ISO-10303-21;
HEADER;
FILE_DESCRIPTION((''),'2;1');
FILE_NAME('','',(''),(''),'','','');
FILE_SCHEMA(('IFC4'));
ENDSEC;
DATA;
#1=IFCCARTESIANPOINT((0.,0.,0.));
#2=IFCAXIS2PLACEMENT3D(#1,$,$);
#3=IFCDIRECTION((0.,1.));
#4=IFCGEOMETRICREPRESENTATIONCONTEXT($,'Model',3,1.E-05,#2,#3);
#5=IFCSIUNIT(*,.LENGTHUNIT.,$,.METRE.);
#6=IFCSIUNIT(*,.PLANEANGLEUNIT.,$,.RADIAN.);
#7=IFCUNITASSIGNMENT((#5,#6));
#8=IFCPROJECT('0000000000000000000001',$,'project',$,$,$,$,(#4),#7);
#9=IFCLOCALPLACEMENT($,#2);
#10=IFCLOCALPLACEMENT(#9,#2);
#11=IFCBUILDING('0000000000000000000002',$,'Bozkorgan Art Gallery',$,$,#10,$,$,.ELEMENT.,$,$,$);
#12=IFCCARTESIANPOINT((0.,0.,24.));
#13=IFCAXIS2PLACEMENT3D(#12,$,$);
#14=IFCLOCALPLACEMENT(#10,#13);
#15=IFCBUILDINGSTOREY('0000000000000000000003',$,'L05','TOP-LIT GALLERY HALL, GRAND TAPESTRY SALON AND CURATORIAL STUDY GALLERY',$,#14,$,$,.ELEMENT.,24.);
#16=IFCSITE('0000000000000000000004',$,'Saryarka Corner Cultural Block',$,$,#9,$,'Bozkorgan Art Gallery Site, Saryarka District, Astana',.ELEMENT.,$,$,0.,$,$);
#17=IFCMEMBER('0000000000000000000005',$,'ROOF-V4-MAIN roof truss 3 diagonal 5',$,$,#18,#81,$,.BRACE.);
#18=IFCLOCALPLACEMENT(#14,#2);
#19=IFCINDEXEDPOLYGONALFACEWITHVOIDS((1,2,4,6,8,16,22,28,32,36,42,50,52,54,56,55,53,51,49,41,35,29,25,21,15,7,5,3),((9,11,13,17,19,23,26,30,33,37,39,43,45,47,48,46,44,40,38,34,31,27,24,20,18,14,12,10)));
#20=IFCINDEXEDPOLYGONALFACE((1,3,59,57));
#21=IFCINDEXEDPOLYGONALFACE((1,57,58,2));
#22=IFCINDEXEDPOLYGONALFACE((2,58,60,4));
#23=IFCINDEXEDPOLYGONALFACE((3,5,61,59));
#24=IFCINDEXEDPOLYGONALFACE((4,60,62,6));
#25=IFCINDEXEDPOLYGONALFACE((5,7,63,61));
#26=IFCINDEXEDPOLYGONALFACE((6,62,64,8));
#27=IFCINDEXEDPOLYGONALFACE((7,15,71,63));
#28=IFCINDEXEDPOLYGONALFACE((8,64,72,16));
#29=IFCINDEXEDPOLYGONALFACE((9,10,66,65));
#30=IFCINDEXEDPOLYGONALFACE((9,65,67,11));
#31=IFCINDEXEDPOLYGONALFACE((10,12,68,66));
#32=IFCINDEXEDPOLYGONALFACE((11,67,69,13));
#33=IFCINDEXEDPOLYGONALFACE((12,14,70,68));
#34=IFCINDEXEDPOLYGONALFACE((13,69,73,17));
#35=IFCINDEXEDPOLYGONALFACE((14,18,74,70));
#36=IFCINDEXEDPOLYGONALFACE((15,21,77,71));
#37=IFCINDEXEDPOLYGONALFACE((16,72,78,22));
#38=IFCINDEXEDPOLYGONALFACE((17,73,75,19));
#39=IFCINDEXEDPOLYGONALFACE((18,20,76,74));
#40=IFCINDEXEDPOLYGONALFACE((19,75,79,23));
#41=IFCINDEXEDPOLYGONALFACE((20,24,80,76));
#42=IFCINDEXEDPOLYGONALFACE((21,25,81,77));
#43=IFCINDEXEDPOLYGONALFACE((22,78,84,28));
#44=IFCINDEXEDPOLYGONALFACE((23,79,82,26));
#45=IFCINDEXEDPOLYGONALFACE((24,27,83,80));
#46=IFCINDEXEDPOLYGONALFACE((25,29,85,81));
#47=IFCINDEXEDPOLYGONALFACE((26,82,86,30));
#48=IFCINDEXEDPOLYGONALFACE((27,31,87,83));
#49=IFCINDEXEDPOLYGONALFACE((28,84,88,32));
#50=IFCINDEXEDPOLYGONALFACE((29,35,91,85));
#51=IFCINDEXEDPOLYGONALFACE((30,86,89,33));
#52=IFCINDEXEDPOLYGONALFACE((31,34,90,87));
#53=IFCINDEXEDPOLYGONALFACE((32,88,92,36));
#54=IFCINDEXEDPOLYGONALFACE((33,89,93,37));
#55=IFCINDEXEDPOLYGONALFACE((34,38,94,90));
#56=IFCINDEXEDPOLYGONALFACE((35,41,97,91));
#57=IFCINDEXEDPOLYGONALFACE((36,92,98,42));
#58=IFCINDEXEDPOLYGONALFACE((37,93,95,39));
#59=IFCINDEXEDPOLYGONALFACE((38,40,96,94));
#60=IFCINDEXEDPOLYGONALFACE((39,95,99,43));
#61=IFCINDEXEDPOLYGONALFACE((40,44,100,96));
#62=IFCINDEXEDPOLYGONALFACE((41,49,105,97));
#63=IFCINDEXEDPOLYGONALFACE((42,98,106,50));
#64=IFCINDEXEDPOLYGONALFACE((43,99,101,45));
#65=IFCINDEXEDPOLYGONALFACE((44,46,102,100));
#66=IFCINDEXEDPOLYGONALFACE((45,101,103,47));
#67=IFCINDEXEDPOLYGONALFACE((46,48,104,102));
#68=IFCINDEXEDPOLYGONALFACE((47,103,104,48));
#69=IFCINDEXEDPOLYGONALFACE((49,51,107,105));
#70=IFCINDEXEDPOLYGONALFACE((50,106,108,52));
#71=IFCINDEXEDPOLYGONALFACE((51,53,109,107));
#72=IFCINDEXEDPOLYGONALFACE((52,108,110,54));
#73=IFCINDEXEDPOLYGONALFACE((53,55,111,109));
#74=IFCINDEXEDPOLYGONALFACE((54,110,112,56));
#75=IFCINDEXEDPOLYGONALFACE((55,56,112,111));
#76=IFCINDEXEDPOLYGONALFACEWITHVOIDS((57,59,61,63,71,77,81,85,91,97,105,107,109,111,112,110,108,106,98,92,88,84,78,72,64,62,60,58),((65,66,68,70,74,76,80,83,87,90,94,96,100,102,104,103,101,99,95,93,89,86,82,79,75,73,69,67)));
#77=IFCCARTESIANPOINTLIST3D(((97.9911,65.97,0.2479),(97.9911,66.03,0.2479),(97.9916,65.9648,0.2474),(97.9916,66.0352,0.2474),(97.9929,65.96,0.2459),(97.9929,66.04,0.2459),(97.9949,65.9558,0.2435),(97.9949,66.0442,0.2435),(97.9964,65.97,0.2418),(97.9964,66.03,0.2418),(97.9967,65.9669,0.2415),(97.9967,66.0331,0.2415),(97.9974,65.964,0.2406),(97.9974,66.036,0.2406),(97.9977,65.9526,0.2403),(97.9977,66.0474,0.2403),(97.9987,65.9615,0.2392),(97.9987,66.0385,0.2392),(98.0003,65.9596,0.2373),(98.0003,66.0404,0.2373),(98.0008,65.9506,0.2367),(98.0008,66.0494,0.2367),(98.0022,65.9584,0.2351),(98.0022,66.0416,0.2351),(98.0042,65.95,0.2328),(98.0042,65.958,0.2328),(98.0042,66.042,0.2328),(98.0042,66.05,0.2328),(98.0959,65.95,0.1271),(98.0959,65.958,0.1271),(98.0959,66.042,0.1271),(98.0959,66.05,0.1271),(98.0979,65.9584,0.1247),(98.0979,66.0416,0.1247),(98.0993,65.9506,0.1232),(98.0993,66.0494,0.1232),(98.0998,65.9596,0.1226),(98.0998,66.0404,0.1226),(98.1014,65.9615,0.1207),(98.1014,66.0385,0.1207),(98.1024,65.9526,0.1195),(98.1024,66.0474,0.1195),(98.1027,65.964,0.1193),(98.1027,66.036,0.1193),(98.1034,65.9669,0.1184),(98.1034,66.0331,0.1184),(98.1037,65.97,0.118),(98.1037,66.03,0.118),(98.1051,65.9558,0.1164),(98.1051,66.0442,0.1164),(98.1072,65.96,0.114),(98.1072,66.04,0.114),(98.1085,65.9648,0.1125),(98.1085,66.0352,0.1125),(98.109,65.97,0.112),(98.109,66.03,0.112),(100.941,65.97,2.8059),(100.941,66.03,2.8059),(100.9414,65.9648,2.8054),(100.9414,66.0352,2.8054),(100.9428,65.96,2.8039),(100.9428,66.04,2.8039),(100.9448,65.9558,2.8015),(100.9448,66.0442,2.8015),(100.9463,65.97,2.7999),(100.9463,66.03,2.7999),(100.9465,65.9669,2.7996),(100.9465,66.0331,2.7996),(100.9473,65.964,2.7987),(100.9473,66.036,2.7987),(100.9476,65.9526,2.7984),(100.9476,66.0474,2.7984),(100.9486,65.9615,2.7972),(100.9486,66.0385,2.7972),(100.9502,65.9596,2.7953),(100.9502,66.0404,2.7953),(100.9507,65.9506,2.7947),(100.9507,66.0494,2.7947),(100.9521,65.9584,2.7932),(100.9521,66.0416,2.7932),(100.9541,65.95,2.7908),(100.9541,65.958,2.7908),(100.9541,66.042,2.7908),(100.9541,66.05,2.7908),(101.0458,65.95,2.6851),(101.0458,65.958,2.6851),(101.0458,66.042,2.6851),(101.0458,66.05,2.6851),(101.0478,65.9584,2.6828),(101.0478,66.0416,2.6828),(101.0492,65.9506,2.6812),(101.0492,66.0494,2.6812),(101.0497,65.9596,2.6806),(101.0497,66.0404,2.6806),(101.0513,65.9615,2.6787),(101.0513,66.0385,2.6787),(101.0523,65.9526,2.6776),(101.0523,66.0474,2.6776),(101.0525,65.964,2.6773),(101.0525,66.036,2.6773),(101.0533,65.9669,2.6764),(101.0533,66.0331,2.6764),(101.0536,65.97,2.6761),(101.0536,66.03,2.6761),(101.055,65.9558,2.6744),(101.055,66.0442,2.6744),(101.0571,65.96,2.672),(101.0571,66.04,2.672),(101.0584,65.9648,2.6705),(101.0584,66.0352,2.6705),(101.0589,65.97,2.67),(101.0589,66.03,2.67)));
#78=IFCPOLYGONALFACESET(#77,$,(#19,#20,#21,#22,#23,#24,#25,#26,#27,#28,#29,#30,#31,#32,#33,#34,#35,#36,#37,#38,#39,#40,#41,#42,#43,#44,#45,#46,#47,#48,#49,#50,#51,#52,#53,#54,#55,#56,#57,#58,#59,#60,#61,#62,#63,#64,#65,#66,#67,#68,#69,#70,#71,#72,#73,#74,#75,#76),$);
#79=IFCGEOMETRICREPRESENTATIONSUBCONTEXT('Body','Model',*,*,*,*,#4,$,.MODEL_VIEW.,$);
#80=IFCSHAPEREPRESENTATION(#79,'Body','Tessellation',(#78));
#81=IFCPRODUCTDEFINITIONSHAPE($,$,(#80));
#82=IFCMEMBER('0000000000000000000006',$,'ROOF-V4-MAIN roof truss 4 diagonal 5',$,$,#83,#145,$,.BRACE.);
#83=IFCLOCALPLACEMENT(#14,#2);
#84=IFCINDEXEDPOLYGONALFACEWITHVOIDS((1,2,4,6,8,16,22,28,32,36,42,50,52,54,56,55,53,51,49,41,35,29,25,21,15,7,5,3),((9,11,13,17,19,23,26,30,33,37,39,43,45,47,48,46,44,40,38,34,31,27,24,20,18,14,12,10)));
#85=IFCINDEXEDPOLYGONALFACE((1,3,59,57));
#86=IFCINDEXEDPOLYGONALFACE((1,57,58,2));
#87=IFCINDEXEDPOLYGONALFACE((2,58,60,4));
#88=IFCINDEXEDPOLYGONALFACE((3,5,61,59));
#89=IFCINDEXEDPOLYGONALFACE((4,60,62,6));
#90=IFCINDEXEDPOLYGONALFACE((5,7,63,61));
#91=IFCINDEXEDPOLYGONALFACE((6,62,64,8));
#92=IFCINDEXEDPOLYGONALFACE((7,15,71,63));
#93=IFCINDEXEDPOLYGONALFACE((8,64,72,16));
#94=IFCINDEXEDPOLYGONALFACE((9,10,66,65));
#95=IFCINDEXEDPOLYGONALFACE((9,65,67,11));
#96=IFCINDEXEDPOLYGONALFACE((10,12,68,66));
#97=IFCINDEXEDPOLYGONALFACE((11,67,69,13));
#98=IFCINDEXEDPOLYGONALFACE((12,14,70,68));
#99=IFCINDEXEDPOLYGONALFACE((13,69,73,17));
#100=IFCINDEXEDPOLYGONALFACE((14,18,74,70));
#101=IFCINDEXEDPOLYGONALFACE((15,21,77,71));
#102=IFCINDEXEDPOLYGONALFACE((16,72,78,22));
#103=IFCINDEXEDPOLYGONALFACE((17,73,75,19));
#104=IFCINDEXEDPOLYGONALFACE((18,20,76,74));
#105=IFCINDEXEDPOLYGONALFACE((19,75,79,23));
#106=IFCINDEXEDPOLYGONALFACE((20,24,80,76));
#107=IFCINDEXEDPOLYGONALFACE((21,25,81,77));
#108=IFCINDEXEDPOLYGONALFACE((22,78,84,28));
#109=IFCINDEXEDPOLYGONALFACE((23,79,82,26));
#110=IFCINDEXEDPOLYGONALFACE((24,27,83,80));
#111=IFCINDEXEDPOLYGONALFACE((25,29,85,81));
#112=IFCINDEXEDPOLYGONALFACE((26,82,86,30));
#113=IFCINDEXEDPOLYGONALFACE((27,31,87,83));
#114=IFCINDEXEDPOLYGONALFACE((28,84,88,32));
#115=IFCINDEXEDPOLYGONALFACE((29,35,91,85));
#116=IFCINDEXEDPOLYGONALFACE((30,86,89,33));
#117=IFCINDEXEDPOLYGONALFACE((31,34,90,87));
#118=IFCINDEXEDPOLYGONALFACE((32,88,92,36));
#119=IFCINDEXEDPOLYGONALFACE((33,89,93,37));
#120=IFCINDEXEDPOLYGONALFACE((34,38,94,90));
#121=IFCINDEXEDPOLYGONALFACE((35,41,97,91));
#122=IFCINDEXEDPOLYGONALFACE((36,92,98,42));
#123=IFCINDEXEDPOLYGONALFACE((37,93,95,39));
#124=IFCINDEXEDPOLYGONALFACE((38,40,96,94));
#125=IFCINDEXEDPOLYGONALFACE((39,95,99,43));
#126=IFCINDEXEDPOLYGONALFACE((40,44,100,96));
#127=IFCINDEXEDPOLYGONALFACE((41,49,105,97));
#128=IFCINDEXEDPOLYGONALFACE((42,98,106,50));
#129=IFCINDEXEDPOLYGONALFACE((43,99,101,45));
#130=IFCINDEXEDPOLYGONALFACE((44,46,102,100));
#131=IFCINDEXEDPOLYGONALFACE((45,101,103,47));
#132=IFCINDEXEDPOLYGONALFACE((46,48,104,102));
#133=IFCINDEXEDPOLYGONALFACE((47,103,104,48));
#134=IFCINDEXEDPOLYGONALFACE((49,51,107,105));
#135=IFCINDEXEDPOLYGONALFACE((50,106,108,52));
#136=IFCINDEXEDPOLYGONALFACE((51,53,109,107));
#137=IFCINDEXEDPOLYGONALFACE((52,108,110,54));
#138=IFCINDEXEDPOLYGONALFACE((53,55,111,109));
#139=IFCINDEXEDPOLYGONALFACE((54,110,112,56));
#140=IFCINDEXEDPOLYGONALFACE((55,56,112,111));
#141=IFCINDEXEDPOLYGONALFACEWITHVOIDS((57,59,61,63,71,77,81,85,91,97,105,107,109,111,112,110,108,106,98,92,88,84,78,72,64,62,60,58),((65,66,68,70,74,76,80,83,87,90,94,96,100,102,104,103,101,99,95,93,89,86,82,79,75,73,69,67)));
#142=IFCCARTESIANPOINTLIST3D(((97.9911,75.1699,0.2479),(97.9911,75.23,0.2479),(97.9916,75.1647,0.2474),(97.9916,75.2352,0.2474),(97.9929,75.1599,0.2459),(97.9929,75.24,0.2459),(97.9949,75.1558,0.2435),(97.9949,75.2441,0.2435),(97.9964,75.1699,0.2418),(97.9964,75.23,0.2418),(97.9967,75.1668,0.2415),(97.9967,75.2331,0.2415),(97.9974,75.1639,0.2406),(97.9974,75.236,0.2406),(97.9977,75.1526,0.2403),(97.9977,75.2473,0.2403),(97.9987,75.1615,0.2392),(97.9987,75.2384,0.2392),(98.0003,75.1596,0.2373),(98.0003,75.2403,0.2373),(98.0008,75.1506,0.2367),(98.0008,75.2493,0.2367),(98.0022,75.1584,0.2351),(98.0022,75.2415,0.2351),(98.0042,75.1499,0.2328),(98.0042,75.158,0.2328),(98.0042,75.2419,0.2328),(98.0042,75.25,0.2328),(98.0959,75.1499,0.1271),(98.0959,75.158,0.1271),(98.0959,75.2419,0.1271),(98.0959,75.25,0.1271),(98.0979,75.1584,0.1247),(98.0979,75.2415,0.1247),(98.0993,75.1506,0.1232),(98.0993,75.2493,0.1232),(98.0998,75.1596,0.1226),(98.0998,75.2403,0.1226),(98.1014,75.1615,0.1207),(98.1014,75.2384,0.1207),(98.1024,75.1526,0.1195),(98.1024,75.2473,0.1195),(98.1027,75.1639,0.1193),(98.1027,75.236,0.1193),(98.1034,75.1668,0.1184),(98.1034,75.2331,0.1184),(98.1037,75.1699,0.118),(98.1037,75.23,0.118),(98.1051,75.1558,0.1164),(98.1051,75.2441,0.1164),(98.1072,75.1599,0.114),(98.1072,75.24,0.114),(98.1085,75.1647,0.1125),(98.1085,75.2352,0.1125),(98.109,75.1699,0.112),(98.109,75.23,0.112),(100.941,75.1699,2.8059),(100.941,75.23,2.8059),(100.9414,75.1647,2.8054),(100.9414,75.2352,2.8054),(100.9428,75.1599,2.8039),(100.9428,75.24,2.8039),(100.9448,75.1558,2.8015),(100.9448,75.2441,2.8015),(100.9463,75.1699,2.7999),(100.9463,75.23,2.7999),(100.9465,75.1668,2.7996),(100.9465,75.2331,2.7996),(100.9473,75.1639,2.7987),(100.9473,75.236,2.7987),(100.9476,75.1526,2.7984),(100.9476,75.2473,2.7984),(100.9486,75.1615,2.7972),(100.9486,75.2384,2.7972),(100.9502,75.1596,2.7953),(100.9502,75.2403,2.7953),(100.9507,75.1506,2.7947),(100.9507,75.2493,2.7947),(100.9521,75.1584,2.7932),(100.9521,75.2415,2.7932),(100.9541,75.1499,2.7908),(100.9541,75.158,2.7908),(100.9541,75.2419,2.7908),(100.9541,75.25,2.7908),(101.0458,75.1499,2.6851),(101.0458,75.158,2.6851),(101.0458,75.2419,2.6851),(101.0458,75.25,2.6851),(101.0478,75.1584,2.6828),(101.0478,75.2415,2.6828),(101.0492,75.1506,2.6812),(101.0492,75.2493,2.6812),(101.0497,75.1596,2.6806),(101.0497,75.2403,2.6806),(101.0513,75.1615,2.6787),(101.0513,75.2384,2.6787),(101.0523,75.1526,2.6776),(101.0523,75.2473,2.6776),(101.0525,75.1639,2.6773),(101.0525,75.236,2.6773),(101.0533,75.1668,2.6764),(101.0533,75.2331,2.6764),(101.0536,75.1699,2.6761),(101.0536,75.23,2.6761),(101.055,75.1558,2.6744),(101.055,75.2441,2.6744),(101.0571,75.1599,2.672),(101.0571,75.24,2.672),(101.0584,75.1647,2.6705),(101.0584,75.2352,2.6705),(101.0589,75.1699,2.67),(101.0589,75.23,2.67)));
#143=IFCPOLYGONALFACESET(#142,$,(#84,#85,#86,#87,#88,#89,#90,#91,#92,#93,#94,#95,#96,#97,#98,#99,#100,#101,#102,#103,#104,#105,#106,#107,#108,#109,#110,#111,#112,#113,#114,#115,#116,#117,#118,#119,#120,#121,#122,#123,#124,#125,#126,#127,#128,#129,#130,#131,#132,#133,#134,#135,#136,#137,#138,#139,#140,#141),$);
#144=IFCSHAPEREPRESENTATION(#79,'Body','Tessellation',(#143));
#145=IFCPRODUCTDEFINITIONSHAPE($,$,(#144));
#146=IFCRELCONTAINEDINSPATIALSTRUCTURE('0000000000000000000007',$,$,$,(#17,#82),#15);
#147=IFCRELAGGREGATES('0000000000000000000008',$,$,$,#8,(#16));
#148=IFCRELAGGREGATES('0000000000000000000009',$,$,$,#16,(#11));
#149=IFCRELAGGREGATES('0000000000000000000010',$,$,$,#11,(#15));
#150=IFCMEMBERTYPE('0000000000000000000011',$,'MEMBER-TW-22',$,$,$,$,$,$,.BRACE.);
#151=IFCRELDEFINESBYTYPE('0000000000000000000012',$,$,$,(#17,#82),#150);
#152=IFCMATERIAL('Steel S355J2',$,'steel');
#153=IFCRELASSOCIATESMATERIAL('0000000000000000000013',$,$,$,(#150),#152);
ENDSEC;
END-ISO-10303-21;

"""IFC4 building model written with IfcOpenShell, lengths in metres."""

from ifc_helpers import new_model, si_unit, direction, frame, origin, origin_2d, place, context, subcontext, project, spatial, hollow_rectangle, extrude, material, material_profile, profile_set, type_object, element, save


model = new_model("IFC4")

# Units and contexts
model_context = context("Model", 3, precision=1e-05, world=origin(), true_north=direction((0.0, 1.0)))
body_context = subcontext(model_context, "Body", "Model", "MODEL_VIEW")
ifc_project = project(units=[si_unit("LENGTHUNIT", "METRE"), si_unit("PLANEANGLEUNIT", "RADIAN")], contexts=[model_context])

# Site, building, storey
site_placement = place(None, origin())
site = spatial("IfcSite", under=ifc_project, at=site_placement, Name="Saryarka Corner Cultural Block", LongName="Bozkorgan Art Gallery Site, Saryarka District, Astana", CompositionType="ELEMENT", RefElevation=0.0)
building_placement = place(site_placement, origin())
building = spatial("IfcBuilding", under=site, at=building_placement, Name="Bozkorgan Art Gallery", CompositionType="ELEMENT")
storey_placement = place(building_placement, frame((0.0, 0.0, 24.0)))
storey = spatial("IfcBuildingStorey", under=building, at=storey_placement, Name="L05", Description="TOP-LIT GALLERY HALL, GRAND TAPESTRY SALON AND CURATORIAL STUDY GALLERY", CompositionType="ELEMENT", Elevation=24.0)

# Members
ifc_material = material(Name="Steel S355J2", Category="steel")
ifc_material_profile_1 = material_profile(ifc_material, hollow_rectangle(XDim=0.1001, YDim=0.1799, WallThickness=0.0081, InnerFilletRadius=0.012, OuterFilletRadius=0.02, at=origin_2d()), Name="RHS 180x100x8")
ifc_profile_set_1 = profile_set([ifc_material_profile_1], Name="Steel S355J2")
member_type_1 = type_object("IfcMemberType", Name="MEMBER-TW-22", PredefinedType="BRACE", material=ifc_profile_set_1)
for number, where, z_axis, x_axis, name in (
    (1, (98.05, 66.0, 0.1799), (0.755501, 0.0, 0.655147), (0.0, 1.0, 0.0), "ROOF-V4-MAIN roof truss 3 diagonal 5"),
    (2, (98.05, 75.2, 0.1799), (0.755501, 0.0, 0.655147), (0.0, 1.0, 0.0), "ROOF-V4-MAIN roof truss 4 diagonal 5"),
):
    element("IfcMember", number, at=place(storey_placement, frame(where, z_axis=z_axis, x_axis=x_axis)), inside=storey, type_object=member_type_1, Name=name, PredefinedType="BRACE", context=body_context, shape_type="SweptSolid", body=[
        extrude(hollow_rectangle(XDim=0.1001, YDim=0.1799, WallThickness=0.0081, InnerFilletRadius=0.012, OuterFilletRadius=0.02, at=origin_2d()), origin(), (0.0, 0.0, 1.0), 3.9045),
    ])

save(model, "model.ifc")
